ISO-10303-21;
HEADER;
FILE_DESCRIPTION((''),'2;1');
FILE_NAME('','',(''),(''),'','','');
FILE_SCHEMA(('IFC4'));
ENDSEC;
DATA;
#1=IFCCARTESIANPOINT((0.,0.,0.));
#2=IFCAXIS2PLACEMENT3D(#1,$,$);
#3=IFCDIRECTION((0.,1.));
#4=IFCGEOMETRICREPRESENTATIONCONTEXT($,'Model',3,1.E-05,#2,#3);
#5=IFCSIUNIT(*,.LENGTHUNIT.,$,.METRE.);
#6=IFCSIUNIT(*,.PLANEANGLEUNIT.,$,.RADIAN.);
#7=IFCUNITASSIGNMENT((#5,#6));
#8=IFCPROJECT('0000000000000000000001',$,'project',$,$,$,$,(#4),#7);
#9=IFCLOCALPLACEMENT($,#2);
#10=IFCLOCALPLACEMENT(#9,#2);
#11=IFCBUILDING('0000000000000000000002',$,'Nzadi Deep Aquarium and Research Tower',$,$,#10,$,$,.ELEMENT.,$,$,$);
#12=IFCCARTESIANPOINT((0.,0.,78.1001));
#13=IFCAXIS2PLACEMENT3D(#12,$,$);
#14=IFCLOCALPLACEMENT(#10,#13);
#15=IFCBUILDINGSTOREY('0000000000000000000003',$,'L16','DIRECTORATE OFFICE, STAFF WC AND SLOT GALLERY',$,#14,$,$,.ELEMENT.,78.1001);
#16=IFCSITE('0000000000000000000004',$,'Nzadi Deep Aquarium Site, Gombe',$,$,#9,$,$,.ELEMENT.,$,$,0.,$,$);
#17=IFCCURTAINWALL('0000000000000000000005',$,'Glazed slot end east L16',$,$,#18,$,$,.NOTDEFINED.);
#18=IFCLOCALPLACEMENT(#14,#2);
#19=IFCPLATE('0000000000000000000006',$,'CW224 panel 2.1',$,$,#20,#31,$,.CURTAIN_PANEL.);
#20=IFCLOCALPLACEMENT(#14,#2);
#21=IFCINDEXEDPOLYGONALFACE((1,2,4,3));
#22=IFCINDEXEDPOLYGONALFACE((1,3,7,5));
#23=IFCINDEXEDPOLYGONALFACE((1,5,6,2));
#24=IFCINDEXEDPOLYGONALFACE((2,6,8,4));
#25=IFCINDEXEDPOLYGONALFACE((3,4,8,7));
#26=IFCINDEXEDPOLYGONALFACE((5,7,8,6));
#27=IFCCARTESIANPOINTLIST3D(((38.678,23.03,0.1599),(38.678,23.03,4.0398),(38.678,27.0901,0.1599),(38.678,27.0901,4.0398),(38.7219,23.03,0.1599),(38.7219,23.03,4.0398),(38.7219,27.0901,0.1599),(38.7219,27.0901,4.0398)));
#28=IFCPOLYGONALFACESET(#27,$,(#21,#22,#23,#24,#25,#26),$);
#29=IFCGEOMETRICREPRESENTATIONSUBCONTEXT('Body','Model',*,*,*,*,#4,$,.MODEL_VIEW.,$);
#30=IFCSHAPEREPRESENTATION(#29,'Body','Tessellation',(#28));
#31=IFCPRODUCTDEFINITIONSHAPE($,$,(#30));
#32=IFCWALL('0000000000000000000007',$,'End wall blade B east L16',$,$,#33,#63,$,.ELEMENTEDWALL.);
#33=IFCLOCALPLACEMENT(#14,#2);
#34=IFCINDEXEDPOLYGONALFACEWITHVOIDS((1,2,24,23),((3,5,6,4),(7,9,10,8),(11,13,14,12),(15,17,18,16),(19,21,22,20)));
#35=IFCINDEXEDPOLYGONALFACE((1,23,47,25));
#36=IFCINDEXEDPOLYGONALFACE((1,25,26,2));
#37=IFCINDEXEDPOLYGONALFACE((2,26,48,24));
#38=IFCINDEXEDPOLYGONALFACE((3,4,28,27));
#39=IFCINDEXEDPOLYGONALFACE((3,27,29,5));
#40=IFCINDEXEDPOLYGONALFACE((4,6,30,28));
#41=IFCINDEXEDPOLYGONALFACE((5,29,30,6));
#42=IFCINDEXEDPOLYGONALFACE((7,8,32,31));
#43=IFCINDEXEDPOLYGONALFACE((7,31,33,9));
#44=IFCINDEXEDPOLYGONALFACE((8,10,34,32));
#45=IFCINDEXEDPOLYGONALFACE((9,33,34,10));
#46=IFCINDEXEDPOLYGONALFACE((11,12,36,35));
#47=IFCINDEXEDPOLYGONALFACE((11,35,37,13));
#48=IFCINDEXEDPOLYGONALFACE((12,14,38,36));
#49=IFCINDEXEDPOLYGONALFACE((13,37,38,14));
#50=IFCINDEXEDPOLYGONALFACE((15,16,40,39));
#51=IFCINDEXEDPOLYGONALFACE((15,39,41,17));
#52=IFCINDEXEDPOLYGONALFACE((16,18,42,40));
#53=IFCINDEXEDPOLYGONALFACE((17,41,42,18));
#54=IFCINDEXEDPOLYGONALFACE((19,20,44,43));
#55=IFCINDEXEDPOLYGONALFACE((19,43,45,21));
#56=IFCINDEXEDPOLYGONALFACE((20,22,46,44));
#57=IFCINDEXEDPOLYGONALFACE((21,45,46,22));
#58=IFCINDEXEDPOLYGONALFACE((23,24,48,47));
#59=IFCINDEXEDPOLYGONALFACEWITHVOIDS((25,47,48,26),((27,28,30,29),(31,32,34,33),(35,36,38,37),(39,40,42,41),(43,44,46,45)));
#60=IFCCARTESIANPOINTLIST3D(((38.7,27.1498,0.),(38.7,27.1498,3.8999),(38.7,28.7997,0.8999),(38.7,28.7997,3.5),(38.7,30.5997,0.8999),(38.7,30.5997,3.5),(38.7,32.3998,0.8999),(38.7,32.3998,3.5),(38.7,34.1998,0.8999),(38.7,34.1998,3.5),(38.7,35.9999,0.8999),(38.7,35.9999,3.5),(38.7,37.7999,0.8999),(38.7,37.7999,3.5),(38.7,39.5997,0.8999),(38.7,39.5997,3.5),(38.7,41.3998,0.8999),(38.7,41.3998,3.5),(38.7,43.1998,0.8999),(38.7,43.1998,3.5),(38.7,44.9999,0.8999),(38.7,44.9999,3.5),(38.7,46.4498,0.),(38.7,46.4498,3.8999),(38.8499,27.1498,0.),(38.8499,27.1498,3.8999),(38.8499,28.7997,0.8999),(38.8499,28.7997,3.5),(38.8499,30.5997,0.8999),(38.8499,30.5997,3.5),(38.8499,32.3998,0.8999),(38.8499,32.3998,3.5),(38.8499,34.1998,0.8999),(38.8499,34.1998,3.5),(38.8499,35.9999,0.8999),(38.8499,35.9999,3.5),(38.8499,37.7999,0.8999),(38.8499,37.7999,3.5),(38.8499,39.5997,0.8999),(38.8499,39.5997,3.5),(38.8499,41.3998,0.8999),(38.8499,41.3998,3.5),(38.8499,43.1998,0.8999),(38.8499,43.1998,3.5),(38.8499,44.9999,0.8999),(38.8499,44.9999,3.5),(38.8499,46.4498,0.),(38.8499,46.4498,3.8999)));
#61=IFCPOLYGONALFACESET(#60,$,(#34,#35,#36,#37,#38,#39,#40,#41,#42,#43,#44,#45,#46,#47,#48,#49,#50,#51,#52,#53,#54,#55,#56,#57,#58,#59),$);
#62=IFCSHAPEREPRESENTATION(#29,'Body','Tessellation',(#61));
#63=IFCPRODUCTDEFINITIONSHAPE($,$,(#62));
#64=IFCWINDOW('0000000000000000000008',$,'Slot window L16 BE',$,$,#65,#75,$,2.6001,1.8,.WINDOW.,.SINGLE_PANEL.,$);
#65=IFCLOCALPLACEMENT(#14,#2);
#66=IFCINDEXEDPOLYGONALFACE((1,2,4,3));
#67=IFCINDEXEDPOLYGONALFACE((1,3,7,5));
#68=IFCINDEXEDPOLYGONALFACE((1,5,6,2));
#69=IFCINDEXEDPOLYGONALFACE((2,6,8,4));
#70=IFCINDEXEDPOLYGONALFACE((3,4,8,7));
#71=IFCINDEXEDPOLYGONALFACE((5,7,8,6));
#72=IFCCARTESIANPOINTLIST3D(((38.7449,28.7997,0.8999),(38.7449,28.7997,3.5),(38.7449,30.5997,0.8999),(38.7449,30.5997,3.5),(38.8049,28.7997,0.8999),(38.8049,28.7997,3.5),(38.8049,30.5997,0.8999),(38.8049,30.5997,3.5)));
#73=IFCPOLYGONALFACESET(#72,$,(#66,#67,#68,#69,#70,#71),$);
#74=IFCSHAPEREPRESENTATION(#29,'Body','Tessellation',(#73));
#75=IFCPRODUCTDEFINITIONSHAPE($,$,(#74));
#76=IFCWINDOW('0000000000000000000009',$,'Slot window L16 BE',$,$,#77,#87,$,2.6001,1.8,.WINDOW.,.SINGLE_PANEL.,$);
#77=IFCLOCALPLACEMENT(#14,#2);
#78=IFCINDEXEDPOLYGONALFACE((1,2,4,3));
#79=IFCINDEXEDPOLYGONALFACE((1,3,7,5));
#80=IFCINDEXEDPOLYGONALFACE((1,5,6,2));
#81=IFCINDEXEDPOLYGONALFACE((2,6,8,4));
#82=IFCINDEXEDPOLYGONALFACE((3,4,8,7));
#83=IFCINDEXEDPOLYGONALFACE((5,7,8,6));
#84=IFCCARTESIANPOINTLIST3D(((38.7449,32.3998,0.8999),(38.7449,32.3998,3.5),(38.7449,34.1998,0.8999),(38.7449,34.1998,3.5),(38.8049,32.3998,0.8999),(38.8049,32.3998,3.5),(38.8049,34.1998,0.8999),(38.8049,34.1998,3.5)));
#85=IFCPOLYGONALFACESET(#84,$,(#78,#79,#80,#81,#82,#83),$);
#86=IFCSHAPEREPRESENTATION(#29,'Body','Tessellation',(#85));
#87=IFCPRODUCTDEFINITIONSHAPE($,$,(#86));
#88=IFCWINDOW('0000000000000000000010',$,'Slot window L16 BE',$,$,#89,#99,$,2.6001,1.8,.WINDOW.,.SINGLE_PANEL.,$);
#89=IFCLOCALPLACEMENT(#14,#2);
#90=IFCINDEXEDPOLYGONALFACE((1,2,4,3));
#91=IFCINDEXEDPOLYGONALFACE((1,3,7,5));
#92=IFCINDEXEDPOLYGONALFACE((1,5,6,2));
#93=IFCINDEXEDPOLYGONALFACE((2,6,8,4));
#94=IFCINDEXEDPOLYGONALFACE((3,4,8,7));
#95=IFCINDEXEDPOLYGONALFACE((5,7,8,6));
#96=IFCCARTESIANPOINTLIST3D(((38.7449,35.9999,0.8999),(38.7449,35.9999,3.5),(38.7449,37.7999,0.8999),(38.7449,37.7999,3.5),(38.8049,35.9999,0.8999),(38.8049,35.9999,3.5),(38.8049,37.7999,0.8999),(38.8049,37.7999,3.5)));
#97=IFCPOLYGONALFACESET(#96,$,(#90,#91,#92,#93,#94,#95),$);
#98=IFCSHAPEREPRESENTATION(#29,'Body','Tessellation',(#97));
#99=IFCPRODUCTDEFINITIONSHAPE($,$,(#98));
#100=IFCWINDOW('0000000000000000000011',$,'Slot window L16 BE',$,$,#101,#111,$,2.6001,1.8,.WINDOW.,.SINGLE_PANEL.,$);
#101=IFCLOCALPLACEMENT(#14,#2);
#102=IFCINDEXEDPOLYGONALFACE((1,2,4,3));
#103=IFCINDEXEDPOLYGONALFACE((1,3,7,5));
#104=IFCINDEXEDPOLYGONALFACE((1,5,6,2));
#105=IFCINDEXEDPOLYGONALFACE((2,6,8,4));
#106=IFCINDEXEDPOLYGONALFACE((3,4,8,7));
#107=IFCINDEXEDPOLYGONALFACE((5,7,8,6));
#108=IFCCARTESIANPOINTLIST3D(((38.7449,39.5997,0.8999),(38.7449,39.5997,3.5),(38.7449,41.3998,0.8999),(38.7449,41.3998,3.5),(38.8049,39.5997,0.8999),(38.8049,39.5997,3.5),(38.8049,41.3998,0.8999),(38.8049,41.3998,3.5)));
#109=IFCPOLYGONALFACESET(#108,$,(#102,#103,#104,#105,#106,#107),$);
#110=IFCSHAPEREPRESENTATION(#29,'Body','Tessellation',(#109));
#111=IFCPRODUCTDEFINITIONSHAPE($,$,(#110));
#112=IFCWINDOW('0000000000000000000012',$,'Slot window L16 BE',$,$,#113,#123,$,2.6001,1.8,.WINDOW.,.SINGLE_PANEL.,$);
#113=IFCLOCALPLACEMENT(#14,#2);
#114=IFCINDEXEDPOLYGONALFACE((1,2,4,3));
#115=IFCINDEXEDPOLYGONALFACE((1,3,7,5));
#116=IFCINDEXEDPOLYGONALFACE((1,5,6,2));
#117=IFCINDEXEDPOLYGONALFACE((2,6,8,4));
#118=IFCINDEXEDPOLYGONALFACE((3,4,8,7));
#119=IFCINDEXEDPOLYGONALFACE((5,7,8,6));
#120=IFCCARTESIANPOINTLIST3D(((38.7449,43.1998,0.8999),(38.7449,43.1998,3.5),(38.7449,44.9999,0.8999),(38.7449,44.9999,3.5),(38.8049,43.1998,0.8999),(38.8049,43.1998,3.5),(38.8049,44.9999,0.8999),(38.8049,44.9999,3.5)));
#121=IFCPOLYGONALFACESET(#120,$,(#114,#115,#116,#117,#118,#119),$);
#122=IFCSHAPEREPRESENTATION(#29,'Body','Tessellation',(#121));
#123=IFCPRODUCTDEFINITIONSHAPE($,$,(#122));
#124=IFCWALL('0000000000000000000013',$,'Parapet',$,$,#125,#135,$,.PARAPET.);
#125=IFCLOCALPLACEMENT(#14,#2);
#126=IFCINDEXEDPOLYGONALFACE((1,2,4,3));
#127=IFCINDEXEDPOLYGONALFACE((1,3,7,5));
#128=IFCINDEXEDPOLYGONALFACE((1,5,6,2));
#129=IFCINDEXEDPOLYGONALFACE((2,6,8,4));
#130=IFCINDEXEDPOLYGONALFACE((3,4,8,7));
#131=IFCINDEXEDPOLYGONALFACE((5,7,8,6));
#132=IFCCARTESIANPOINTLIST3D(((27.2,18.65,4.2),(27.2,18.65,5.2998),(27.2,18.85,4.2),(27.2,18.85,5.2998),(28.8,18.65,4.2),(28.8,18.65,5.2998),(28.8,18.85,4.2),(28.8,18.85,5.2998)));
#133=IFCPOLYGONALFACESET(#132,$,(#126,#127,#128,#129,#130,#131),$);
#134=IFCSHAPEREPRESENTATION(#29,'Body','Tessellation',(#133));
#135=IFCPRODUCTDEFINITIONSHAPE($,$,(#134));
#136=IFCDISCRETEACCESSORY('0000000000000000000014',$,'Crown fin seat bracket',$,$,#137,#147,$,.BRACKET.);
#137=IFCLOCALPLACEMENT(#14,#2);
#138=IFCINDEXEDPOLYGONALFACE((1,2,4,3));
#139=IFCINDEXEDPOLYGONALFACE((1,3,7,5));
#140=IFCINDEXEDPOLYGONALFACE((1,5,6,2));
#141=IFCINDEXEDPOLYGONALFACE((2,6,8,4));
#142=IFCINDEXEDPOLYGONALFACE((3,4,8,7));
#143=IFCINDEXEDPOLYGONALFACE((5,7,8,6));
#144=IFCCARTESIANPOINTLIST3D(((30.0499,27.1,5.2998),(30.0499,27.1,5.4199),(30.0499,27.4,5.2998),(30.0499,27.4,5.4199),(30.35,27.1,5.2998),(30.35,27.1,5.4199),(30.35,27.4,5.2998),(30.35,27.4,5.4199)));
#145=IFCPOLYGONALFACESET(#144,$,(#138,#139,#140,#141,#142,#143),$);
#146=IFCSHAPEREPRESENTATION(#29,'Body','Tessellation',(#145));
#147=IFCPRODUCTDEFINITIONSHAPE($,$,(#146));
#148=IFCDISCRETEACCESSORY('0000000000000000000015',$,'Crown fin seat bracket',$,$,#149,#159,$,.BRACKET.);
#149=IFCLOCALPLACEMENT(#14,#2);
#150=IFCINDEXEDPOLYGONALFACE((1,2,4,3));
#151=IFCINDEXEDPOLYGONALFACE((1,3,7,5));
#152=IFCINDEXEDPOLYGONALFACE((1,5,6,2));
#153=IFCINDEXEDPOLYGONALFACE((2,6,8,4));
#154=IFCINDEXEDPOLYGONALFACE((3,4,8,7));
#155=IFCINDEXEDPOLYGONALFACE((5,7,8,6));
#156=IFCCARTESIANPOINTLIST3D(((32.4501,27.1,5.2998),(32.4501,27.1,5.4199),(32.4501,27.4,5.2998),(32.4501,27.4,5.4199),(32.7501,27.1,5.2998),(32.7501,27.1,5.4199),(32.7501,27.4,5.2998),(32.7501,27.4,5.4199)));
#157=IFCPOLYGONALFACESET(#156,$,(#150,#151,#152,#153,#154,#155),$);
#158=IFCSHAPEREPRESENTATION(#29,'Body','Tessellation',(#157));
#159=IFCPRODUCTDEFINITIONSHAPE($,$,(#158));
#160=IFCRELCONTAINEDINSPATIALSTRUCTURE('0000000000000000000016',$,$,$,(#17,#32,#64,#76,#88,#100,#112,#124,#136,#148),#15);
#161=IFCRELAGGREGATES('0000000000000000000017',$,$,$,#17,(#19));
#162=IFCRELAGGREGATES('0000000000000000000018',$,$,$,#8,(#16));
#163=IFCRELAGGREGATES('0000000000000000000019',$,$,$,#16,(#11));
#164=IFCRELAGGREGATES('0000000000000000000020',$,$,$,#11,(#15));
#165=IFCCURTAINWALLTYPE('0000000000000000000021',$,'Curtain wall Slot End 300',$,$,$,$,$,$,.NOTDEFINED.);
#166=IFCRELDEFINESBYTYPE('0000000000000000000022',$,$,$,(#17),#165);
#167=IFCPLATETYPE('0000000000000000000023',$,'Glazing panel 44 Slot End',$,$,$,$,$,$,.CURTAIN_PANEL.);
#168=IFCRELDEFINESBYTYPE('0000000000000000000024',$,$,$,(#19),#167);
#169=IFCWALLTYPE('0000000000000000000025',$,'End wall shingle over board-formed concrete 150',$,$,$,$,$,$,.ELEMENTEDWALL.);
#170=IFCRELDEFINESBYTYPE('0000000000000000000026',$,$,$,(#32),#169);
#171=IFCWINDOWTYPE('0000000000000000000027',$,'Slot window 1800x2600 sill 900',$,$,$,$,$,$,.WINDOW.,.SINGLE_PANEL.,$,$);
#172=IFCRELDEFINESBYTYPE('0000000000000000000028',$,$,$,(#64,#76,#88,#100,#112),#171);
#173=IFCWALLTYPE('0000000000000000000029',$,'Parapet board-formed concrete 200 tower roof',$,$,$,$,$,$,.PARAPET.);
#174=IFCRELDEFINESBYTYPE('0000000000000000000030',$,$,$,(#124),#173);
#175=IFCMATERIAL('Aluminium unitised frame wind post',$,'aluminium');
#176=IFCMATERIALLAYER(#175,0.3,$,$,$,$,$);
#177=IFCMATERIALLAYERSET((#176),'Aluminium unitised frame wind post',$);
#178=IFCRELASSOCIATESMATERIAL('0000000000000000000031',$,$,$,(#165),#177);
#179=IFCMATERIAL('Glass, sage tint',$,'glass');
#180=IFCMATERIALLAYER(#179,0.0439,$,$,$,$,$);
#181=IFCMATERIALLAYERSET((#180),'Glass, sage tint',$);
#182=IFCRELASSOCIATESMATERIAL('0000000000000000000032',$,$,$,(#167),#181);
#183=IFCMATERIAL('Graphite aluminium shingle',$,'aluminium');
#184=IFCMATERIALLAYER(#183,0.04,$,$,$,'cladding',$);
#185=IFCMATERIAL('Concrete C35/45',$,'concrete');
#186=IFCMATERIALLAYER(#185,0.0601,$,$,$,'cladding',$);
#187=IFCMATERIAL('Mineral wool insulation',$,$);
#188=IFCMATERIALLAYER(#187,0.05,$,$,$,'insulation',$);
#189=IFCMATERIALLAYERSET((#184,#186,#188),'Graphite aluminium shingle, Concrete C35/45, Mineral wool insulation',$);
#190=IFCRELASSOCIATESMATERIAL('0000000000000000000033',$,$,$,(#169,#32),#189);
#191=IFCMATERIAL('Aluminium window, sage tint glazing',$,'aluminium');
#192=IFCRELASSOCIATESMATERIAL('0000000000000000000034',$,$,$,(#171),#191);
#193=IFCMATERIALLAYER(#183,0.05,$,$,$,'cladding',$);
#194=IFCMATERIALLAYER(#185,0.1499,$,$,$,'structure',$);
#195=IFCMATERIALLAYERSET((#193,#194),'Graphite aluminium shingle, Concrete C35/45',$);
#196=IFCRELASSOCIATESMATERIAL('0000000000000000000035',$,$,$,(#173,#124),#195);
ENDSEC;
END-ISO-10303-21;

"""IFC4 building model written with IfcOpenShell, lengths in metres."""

from ifc_helpers import new_model, si_unit, direction, frame, frame_2d, origin, origin_2d, place, context, subcontext, project, spatial, rectangle, extrude, material, layer, layer_set, layer_usage, type_object, element, fill, aggregate, save


model = new_model("IFC4")

# Units and contexts
model_context = context("Model", 3, precision=1e-05, world=origin(), true_north=direction((0.0, 1.0)))
body_context = subcontext(model_context, "Body", "Model", "MODEL_VIEW")
ifc_project = project(units=[si_unit("LENGTHUNIT", "METRE"), si_unit("PLANEANGLEUNIT", "RADIAN")], contexts=[model_context])

# Site, building, storey
site_placement = place(None, origin())
site = spatial("IfcSite", under=ifc_project, at=site_placement, Name="Nzadi Deep Aquarium Site, Gombe", CompositionType="ELEMENT", RefElevation=0.0)
building_placement = place(site_placement, origin())
building = spatial("IfcBuilding", under=site, at=building_placement, Name="Nzadi Deep Aquarium and Research Tower", CompositionType="ELEMENT")
storey_placement = place(building_placement, frame((0.0, 0.0, 78.1001)))
storey = spatial("IfcBuildingStorey", under=building, at=storey_placement, Name="L16", Description="DIRECTORATE OFFICE, STAFF WC AND SLOT GALLERY", CompositionType="ELEMENT", Elevation=78.1001)

# Curtain wall
ifc_material_1 = material(Name="Aluminium unitised frame wind post", Category="aluminium")
ifc_layer_1 = layer(ifc_material_1, 0.3)
ifc_layer_set_1 = layer_set([ifc_layer_1], Name="Aluminium unitised frame wind post")
curtain_wall_type = type_object("IfcCurtainWallType", Name="Curtain wall Slot End 300", PredefinedType="NOTDEFINED", material=ifc_layer_set_1)
curtain_wall_placement = place(storey_placement, origin())
curtain_wall = element("IfcCurtainWall", 1, at=curtain_wall_placement, inside=storey, type_object=curtain_wall_type, Name="Glazed slot end east L16", PredefinedType="NOTDEFINED")

# Plate
ifc_material_2 = material(Name="Glass, sage tint", Category="glass")
ifc_layer_2 = layer(ifc_material_2, 0.0439)
ifc_layer_set_2 = layer_set([ifc_layer_2], Name="Glass, sage tint")
plate_type_1 = type_object("IfcPlateType", Name="Glazing panel 44 Slot End", PredefinedType="CURTAIN_PANEL", material=ifc_layer_set_2)
plate_1_placement = place(storey_placement, frame((38.7, 25.0601, 0.1599), z_axis=(0.0, 0.0, 1.0), x_axis=(0.0, 1.0, 0.0)))
plate_1 = element("IfcPlate", 2, at=plate_1_placement, type_object=plate_type_1, Name="CW224 panel 2.1", PredefinedType="CURTAIN_PANEL", context=body_context, shape_type="SweptSolid", body=[
    extrude(rectangle(XDim=4.0601, YDim=0.0439, at=origin_2d()), origin(), (0.0, 0.0, 1.0), 3.8799),
])
aggregate(curtain_wall, [plate_1])

# Wall, openings, windows
ifc_material_3 = material(Name="Graphite aluminium shingle", Category="aluminium")
ifc_layer_3 = layer(ifc_material_3, 0.04, Category="cladding")
ifc_material_4 = material(Name="Concrete C35/45", Category="concrete")
ifc_layer_4 = layer(ifc_material_4, 0.0601, Category="cladding")
ifc_material_5 = material(Name="Mineral wool insulation")
ifc_layer_5 = layer(ifc_material_5, 0.05, Category="insulation")
ifc_layer_set_3 = layer_set([ifc_layer_3, ifc_layer_4, ifc_layer_5], Name="Graphite aluminium shingle, Concrete C35/45, Mineral wool insulation")
ifc_layer_usage_1 = layer_usage(ifc_layer_set_3, "AXIS2", "POSITIVE", -0.075)
wall_type_1 = type_object("IfcWallType", Name="End wall shingle over board-formed concrete 150", PredefinedType="ELEMENTEDWALL", material=ifc_layer_set_3)
wall_1_placement = place(storey_placement, frame((38.7749, 27.1499, 0.0), z_axis=(0.0, 0.0, 1.0), x_axis=(0.0, 1.0, 0.0)))
wall_1 = element("IfcWall", 3, at=wall_1_placement, inside=storey, type_object=wall_type_1, material=ifc_layer_usage_1, Name="End wall blade B east L16", PredefinedType="ELEMENTEDWALL", context=body_context, shape_type="SweptSolid", body=[
    extrude(rectangle(XDim=19.3, YDim=0.1499, at=frame_2d((9.6499, 0.0))), origin(), (0.0, 0.0, 1.0), 3.8999),
])
opening_1_placement = place(wall_1_placement, frame((1.6499, 0.0, 0.8999)))
opening_1 = element("IfcOpeningElement", 4, at=opening_1_placement, cuts=wall_1, PredefinedType="OPENING", context=body_context, shape_type="SweptSolid", body=[
    extrude(rectangle(XDim=1.8, YDim=2.6001, at=frame_2d((0.8999, 1.3))), frame((0.0, 0.085, 0.0), z_axis=(0.0, -1.0, 0.0), x_axis=(1.0, 0.0, 0.0)), (0.0, 0.0, 1.0), 0.1699),
])
opening_2_placement = place(wall_1_placement, frame((5.25, 0.0, 0.8999)))
opening_2 = element("IfcOpeningElement", 5, at=opening_2_placement, cuts=wall_1, PredefinedType="OPENING", context=body_context, shape_type="SweptSolid", body=[
    extrude(rectangle(XDim=1.8, YDim=2.6001, at=frame_2d((0.8999, 1.3))), frame((0.0, 0.085, 0.0), z_axis=(0.0, -1.0, 0.0), x_axis=(1.0, 0.0, 0.0)), (0.0, 0.0, 1.0), 0.1699),
])
opening_3_placement = place(wall_1_placement, frame((8.8501, 0.0, 0.8999)))
opening_3 = element("IfcOpeningElement", 6, at=opening_3_placement, cuts=wall_1, PredefinedType="OPENING", context=body_context, shape_type="SweptSolid", body=[
    extrude(rectangle(XDim=1.8, YDim=2.6001, at=frame_2d((0.8999, 1.3))), frame((0.0, 0.085, 0.0), z_axis=(0.0, -1.0, 0.0), x_axis=(1.0, 0.0, 0.0)), (0.0, 0.0, 1.0), 0.1699),
])
opening_4_placement = place(wall_1_placement, frame((12.45, 0.0, 0.8999)))
opening_4 = element("IfcOpeningElement", 7, at=opening_4_placement, cuts=wall_1, PredefinedType="OPENING", context=body_context, shape_type="SweptSolid", body=[
    extrude(rectangle(XDim=1.8, YDim=2.6001, at=frame_2d((0.8999, 1.3))), frame((0.0, 0.085, 0.0), z_axis=(0.0, -1.0, 0.0), x_axis=(1.0, 0.0, 0.0)), (0.0, 0.0, 1.0), 0.1699),
])
opening_5_placement = place(wall_1_placement, frame((16.05, 0.0, 0.8999)))
opening_5 = element("IfcOpeningElement", 8, at=opening_5_placement, cuts=wall_1, PredefinedType="OPENING", context=body_context, shape_type="SweptSolid", body=[
    extrude(rectangle(XDim=1.8, YDim=2.6001, at=frame_2d((0.8999, 1.3))), frame((0.0, 0.085, 0.0), z_axis=(0.0, -1.0, 0.0), x_axis=(1.0, 0.0, 0.0)), (0.0, 0.0, 1.0), 0.1699),
])
ifc_material_6 = material(Name="Aluminium window, sage tint glazing", Category="aluminium")
window_type = type_object("IfcWindowType", Name="Slot window 1800x2600 sill 900", PartitioningType="SINGLE_PANEL", PredefinedType="WINDOW", material=ifc_material_6)
window_1_placement = place(opening_1_placement, origin())
window_1 = element("IfcWindow", 9, at=window_1_placement, inside=storey, type_object=window_type, Name="Slot window L16 BE", OverallHeight=2.6001, OverallWidth=1.8, PartitioningType="SINGLE_PANEL", PredefinedType="WINDOW", context=body_context, shape_type="SweptSolid", body=[
    extrude(rectangle(XDim=1.8, YDim=2.6001, at=frame_2d((0.8999, 1.3))), frame((0.0, 0.03, 0.0), z_axis=(0.0, -1.0, 0.0), x_axis=(1.0, 0.0, 0.0)), (0.0, 0.0, 1.0), 0.0601),
])
fill(opening_1, window_1)
window_2_placement = place(opening_2_placement, origin())
window_2 = element("IfcWindow", 10, at=window_2_placement, inside=storey, type_object=window_type, Name="Slot window L16 BE", OverallHeight=2.6001, OverallWidth=1.8, PartitioningType="SINGLE_PANEL", PredefinedType="WINDOW", context=body_context, shape_type="SweptSolid", body=[
    extrude(rectangle(XDim=1.8, YDim=2.6001, at=frame_2d((0.8999, 1.3))), frame((0.0, 0.03, 0.0), z_axis=(0.0, -1.0, 0.0), x_axis=(1.0, 0.0, 0.0)), (0.0, 0.0, 1.0), 0.0601),
])
fill(opening_2, window_2)
window_3_placement = place(opening_3_placement, origin())
window_3 = element("IfcWindow", 11, at=window_3_placement, inside=storey, type_object=window_type, Name="Slot window L16 BE", OverallHeight=2.6001, OverallWidth=1.8, PartitioningType="SINGLE_PANEL", PredefinedType="WINDOW", context=body_context, shape_type="SweptSolid", body=[
    extrude(rectangle(XDim=1.8, YDim=2.6001, at=frame_2d((0.8999, 1.3))), frame((0.0, 0.03, 0.0), z_axis=(0.0, -1.0, 0.0), x_axis=(1.0, 0.0, 0.0)), (0.0, 0.0, 1.0), 0.0601),
])
fill(opening_3, window_3)
window_4_placement = place(opening_4_placement, origin())
window_4 = element("IfcWindow", 12, at=window_4_placement, inside=storey, type_object=window_type, Name="Slot window L16 BE", OverallHeight=2.6001, OverallWidth=1.8, PartitioningType="SINGLE_PANEL", PredefinedType="WINDOW", context=body_context, shape_type="SweptSolid", body=[
    extrude(rectangle(XDim=1.8, YDim=2.6001, at=frame_2d((0.8999, 1.3))), frame((0.0, 0.03, 0.0), z_axis=(0.0, -1.0, 0.0), x_axis=(1.0, 0.0, 0.0)), (0.0, 0.0, 1.0), 0.0601),
])
fill(opening_4, window_4)
window_5_placement = place(opening_5_placement, origin())
window_5 = element("IfcWindow", 13, at=window_5_placement, inside=storey, type_object=window_type, Name="Slot window L16 BE", OverallHeight=2.6001, OverallWidth=1.8, PartitioningType="SINGLE_PANEL", PredefinedType="WINDOW", context=body_context, shape_type="SweptSolid", body=[
    extrude(rectangle(XDim=1.8, YDim=2.6001, at=frame_2d((0.8999, 1.3))), frame((0.0, 0.03, 0.0), z_axis=(0.0, -1.0, 0.0), x_axis=(1.0, 0.0, 0.0)), (0.0, 0.0, 1.0), 0.0601),
])
fill(opening_5, window_5)

# Wall
ifc_layer_6 = layer(ifc_material_3, 0.05, Category="cladding")
ifc_layer_7 = layer(ifc_material_4, 0.1499, Category="structure")
ifc_layer_set_4 = layer_set([ifc_layer_6, ifc_layer_7], Name="Graphite aluminium shingle, Concrete C35/45")
ifc_layer_usage_2 = layer_usage(ifc_layer_set_4, "AXIS2", "POSITIVE", -0.1)
wall_type_2 = type_object("IfcWallType", Name="Parapet board-formed concrete 200 tower roof", PredefinedType="PARAPET", material=ifc_layer_set_4)
wall_2_placement = place(storey_placement, frame((28.8, 18.75, 4.2), z_axis=(0.0, 0.0, 1.0), x_axis=(-1.0, 0.0, 0.0)))
element("IfcWall", 14, at=wall_2_placement, inside=storey, type_object=wall_type_2, material=ifc_layer_usage_2, Name="Parapet", PredefinedType="PARAPET", context=body_context, shape_type="SweptSolid", body=[
    extrude(rectangle(XDim=1.6001, YDim=0.2, at=frame_2d((0.8, 0.0))), origin(), (0.0, 0.0, 1.0), 1.0999),
])

# Discrete accessories
for number, where, z_axis, x_axis, name in (
    (15, (30.2, 27.25, 5.2998), (0.0, 0.0, 1.0), (1.0, 0.0, 0.0), "Crown fin seat bracket"),
    (16, (32.6001, 27.25, 5.2998), (0.0, 0.0, 1.0), (1.0, 0.0, 0.0), "Crown fin seat bracket"),
):
    element("IfcDiscreteAccessory", number, at=place(storey_placement, frame(where, z_axis=z_axis, x_axis=x_axis)), inside=storey, Name=name, PredefinedType="BRACKET", context=body_context, shape_type="SweptSolid", body=[
        extrude(rectangle(XDim=0.3, YDim=0.3, at=origin_2d()), origin(), (0.0, 0.0, 1.0), 0.1201),
    ])

save(model, "model.ifc")
